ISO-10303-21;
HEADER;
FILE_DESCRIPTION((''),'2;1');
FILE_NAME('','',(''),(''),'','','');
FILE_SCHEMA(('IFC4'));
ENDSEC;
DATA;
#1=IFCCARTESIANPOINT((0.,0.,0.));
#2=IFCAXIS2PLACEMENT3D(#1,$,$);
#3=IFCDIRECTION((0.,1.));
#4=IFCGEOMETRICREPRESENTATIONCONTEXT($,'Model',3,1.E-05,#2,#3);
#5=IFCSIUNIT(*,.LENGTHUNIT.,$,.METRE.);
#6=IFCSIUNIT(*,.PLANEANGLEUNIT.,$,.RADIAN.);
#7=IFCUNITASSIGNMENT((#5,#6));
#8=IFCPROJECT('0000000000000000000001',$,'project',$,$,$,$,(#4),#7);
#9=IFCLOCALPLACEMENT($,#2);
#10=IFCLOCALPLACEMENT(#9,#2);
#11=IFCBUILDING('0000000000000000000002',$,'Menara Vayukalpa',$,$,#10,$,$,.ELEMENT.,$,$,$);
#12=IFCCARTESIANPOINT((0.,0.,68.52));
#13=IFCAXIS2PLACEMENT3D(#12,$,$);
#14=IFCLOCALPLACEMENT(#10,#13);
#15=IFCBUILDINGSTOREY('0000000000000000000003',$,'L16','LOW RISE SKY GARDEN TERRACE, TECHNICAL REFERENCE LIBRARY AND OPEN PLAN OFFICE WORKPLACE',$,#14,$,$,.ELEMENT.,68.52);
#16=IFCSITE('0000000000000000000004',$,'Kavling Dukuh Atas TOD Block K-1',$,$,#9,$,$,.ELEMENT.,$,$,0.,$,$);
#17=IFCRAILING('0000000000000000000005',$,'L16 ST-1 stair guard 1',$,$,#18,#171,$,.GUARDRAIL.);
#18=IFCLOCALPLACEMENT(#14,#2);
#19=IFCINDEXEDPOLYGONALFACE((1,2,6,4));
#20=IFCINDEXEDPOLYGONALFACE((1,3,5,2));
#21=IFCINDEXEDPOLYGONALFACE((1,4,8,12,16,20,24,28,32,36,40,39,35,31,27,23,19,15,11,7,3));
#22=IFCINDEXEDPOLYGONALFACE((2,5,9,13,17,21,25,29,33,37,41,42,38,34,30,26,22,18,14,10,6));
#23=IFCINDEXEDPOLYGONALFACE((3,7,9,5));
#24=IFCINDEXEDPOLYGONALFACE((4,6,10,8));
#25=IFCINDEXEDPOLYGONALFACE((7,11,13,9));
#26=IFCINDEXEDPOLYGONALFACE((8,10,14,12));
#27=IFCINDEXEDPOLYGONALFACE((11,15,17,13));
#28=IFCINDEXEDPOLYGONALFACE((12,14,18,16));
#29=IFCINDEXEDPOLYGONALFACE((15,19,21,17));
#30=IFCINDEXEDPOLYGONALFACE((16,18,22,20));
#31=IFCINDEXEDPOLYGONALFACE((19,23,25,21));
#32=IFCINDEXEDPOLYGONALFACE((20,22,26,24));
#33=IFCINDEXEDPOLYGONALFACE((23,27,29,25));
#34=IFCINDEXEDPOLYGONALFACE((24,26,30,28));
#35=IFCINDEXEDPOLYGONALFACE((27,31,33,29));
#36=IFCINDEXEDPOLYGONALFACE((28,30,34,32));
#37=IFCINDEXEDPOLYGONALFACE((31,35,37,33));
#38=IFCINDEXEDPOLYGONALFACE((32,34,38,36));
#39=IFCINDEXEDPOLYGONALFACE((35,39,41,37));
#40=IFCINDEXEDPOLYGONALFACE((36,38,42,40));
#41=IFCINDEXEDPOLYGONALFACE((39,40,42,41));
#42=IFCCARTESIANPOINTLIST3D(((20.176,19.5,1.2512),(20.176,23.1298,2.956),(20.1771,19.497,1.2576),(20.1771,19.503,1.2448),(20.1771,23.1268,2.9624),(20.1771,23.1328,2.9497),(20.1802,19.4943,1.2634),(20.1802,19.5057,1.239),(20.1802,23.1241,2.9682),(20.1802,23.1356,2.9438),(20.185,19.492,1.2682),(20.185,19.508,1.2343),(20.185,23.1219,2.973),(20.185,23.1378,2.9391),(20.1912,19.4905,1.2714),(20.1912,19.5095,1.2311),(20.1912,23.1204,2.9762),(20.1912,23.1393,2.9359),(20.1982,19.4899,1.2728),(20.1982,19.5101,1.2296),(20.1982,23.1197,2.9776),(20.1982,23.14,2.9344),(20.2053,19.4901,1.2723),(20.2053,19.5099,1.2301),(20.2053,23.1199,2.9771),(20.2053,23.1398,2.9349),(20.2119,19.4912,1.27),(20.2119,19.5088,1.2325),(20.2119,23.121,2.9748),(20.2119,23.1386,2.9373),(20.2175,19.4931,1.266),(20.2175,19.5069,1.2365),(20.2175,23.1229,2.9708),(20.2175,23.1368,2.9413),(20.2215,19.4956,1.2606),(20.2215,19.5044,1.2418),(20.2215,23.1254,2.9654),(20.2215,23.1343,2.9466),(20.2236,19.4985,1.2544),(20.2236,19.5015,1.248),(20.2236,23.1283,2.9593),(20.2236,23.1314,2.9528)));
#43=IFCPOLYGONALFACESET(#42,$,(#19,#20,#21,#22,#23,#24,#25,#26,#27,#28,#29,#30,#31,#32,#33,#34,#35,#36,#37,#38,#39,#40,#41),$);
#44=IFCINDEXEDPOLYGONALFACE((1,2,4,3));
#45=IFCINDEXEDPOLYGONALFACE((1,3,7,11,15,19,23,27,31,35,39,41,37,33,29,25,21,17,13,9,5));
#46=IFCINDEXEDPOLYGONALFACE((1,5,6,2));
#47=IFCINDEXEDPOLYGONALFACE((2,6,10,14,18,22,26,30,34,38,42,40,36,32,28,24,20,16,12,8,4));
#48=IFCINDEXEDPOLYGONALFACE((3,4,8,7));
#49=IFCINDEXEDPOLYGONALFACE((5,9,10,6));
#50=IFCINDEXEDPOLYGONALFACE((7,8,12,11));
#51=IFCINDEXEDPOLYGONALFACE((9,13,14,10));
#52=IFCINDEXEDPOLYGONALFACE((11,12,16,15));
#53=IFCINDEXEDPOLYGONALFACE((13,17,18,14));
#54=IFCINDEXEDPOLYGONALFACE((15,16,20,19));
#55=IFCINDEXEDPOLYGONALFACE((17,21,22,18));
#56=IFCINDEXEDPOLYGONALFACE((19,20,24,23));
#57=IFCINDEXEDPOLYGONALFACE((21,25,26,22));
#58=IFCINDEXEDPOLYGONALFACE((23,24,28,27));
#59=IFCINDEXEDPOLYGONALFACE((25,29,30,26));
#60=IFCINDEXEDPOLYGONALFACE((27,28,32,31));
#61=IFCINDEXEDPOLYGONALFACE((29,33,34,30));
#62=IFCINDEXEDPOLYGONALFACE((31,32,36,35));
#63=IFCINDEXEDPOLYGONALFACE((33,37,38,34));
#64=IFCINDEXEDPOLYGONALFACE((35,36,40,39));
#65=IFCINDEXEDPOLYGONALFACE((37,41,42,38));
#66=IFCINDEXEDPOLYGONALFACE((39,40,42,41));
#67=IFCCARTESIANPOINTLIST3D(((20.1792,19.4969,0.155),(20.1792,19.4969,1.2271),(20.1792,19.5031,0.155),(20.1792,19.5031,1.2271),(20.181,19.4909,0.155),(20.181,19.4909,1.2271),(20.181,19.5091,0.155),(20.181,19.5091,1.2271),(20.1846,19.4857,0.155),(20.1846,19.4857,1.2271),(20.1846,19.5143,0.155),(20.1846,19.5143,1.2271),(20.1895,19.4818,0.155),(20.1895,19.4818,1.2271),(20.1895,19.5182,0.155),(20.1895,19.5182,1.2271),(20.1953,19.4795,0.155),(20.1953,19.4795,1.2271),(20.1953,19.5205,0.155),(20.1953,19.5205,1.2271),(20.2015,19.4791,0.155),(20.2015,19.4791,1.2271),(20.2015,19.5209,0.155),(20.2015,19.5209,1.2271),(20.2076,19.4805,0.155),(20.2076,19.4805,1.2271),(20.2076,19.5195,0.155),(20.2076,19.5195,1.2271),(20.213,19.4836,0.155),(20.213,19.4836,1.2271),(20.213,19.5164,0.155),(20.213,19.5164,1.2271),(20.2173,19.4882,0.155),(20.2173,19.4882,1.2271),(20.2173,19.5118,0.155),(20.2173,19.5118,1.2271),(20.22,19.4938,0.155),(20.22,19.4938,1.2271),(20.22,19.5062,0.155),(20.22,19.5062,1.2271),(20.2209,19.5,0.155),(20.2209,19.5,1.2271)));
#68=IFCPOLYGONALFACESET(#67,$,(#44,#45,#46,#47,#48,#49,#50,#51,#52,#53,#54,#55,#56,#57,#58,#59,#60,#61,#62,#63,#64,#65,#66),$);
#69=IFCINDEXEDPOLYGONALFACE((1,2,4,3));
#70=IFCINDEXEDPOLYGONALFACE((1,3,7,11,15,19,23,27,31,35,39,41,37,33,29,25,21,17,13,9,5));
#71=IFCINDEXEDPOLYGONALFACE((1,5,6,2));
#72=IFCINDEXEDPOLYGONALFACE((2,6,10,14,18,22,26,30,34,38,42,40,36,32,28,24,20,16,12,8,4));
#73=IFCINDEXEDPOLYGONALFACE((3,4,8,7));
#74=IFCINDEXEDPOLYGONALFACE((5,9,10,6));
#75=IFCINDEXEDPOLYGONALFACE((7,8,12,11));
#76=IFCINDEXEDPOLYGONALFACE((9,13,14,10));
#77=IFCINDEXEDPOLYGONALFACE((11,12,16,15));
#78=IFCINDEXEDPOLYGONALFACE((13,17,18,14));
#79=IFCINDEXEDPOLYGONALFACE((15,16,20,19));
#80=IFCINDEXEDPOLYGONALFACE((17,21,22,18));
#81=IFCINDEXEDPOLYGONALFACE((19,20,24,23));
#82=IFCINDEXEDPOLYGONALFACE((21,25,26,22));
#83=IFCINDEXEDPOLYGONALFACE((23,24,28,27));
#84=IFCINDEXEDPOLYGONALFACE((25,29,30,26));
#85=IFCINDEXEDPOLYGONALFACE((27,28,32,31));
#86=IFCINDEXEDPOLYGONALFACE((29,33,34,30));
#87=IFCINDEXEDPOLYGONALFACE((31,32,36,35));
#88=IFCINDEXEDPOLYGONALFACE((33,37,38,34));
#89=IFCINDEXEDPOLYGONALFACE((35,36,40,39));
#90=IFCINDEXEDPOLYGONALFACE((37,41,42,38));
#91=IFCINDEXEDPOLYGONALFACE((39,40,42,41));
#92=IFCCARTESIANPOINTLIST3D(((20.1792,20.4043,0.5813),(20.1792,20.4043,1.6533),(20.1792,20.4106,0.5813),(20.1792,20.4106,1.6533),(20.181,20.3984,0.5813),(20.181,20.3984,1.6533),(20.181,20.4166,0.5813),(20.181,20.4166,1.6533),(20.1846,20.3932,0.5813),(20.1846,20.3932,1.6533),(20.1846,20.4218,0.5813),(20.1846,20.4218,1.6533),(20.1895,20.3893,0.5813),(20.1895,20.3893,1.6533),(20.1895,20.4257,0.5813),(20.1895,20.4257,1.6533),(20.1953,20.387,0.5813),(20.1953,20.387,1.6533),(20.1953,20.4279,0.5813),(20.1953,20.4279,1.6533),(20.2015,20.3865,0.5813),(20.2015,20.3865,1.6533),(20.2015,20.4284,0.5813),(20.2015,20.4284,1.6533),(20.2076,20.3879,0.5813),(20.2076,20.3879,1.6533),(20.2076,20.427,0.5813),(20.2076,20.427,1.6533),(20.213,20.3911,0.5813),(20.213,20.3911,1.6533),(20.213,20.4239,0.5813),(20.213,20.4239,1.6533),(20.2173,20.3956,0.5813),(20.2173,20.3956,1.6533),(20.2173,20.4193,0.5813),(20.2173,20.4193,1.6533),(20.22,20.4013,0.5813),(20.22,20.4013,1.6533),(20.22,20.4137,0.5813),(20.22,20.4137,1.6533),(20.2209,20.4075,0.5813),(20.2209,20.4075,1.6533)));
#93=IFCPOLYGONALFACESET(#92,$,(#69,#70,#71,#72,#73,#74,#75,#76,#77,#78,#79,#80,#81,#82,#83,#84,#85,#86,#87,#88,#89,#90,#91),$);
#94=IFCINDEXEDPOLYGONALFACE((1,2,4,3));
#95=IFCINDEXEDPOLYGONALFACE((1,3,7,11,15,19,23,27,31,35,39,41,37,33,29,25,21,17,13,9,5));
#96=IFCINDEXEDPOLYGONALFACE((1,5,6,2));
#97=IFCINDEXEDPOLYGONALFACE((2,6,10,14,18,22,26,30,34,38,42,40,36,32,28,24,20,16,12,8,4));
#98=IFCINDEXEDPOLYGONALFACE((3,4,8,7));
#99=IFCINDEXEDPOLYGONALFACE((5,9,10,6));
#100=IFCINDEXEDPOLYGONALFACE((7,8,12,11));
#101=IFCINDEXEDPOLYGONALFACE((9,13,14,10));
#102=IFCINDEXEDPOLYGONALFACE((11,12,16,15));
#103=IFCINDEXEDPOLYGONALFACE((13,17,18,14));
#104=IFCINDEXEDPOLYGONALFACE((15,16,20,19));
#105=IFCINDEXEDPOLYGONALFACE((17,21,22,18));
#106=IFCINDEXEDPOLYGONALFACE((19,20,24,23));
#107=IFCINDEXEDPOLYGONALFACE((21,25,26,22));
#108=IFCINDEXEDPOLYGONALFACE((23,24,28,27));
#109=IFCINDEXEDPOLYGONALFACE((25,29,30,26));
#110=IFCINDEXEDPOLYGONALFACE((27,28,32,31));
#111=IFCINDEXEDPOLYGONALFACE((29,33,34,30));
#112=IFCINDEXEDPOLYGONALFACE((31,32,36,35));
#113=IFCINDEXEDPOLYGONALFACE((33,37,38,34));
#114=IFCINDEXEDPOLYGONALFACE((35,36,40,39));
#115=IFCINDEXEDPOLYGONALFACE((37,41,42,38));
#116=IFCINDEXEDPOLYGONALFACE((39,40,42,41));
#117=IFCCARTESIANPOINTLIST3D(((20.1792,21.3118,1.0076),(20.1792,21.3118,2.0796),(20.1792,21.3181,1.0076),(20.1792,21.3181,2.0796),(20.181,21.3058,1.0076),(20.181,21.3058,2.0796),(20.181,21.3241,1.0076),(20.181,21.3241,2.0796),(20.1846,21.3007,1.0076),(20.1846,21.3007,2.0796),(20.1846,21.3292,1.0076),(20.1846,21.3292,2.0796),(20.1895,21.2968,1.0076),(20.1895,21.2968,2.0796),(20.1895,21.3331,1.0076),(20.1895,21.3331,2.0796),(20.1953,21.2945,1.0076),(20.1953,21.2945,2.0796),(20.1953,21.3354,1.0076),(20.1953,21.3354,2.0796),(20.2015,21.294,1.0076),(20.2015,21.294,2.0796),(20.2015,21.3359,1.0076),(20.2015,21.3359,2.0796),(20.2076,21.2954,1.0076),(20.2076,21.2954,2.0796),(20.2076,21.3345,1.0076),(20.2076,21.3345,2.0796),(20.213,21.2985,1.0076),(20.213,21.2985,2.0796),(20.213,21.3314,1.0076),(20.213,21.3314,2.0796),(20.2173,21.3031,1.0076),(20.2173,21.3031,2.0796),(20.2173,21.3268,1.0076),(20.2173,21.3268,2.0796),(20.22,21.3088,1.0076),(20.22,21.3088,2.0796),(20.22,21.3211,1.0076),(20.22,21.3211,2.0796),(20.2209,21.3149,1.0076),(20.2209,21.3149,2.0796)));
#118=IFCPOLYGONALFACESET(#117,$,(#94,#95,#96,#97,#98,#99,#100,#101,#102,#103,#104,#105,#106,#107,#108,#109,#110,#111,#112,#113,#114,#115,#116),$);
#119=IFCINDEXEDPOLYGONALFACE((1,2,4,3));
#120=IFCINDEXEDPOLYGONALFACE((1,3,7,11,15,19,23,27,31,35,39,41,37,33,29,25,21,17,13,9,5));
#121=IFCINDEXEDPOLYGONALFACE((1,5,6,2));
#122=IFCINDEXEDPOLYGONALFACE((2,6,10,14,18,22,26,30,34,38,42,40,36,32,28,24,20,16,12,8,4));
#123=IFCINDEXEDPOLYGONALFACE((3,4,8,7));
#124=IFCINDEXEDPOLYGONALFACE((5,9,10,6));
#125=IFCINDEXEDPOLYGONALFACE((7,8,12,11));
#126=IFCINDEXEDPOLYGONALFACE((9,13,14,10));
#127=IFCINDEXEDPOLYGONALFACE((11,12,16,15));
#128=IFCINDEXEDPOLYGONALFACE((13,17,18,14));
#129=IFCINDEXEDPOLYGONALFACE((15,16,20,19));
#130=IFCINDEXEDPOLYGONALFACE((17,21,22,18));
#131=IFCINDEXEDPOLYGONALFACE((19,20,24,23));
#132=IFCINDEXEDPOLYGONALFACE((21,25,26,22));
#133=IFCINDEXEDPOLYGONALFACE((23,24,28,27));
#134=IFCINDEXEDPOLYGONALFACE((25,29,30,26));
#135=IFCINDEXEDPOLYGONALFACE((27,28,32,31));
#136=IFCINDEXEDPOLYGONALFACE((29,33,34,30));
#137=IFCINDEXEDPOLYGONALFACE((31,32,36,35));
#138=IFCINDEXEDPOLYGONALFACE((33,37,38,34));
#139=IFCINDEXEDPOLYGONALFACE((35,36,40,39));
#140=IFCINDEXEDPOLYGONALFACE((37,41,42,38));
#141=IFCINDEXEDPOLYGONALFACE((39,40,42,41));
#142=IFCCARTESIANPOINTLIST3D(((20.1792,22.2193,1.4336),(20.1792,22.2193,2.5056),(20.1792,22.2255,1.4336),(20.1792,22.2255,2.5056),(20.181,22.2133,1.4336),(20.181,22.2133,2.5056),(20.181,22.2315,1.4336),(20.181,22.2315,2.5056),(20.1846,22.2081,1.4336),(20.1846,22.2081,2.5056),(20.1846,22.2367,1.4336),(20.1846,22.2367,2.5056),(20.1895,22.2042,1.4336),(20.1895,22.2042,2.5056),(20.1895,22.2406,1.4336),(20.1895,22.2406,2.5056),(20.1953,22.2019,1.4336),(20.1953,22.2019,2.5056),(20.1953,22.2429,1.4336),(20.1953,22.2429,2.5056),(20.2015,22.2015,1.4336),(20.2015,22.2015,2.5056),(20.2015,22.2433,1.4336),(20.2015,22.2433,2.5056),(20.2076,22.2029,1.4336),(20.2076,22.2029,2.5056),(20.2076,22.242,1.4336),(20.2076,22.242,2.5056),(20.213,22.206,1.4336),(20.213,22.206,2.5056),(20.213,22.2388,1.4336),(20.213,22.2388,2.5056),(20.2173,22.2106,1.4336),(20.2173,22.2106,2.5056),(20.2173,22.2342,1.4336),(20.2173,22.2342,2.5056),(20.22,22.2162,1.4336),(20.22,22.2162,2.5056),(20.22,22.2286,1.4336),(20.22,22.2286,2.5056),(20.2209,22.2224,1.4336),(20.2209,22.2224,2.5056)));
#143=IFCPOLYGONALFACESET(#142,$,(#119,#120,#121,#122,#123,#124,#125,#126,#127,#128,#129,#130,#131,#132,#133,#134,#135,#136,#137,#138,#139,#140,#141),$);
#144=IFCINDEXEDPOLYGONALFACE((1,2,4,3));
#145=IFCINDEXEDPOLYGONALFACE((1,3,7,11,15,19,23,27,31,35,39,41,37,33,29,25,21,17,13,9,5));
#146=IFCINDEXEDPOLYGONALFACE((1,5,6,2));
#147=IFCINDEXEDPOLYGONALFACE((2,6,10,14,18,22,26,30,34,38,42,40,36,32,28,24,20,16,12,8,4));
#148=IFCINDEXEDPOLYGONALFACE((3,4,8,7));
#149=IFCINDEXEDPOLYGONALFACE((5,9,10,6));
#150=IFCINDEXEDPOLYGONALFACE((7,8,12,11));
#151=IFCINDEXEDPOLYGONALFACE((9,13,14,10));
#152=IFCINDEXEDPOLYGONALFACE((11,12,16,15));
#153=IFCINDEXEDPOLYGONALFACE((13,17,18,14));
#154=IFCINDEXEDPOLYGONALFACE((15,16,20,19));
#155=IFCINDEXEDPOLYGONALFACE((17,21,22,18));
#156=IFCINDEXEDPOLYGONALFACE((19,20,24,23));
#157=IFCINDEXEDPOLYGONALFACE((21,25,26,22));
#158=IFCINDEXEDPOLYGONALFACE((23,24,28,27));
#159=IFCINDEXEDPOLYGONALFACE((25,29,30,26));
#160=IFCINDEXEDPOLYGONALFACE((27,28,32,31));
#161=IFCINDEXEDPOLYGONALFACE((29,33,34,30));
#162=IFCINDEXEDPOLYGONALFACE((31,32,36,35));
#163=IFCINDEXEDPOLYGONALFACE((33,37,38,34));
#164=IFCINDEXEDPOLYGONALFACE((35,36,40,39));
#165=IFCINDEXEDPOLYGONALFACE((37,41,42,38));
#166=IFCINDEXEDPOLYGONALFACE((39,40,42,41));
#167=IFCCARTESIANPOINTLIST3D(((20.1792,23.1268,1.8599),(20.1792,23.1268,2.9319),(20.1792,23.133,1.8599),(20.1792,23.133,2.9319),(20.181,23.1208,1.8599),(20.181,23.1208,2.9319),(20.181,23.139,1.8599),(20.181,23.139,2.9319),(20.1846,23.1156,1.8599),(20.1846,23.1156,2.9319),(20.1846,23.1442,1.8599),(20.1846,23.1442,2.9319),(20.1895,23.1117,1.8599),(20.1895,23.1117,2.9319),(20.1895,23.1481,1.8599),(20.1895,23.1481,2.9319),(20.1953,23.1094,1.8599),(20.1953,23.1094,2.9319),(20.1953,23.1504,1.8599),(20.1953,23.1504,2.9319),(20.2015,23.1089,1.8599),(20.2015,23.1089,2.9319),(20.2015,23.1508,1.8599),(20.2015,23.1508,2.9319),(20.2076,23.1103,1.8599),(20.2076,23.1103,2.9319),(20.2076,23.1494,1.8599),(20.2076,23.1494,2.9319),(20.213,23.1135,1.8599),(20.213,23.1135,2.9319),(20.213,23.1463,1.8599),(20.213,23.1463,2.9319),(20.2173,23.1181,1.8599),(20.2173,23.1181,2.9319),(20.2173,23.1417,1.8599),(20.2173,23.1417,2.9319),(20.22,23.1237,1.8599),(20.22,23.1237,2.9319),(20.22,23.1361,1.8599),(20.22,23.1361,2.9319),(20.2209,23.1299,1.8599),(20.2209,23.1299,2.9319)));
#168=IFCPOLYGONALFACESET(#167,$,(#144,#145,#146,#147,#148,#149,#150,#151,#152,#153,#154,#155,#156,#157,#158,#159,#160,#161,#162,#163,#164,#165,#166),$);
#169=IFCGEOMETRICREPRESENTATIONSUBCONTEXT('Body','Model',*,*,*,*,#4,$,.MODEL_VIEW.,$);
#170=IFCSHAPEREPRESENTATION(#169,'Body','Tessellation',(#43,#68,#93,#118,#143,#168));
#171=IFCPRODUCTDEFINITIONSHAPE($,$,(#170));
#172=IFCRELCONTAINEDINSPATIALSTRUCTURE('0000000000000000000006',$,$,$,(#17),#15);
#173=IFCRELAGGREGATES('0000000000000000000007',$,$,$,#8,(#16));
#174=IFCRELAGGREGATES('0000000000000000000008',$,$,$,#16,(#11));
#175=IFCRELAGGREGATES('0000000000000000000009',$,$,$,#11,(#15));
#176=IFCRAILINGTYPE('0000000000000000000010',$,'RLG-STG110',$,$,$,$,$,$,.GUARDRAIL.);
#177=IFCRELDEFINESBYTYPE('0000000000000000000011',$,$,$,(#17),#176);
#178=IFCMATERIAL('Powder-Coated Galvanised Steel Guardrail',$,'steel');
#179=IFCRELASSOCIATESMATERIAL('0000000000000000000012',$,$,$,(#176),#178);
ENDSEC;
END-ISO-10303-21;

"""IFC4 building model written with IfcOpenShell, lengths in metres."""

from ifc_helpers import new_model, si_unit, direction, frame, origin, origin_2d, place, context, subcontext, project, spatial, circle, extrude, material, type_object, element, save


model = new_model("IFC4")

# Units and contexts
model_context = context("Model", 3, precision=1e-05, world=origin(), true_north=direction((0.0, 1.0)))
body_context = subcontext(model_context, "Body", "Model", "MODEL_VIEW")
ifc_project = project(units=[si_unit("LENGTHUNIT", "METRE"), si_unit("PLANEANGLEUNIT", "RADIAN")], contexts=[model_context])

# Site, building, storey
site_placement = place(None, origin())
site = spatial("IfcSite", under=ifc_project, at=site_placement, Name="Kavling Dukuh Atas TOD Block K-1", CompositionType="ELEMENT", RefElevation=0.0)
building_placement = place(site_placement, origin())
building = spatial("IfcBuilding", under=site, at=building_placement, Name="Menara Vayukalpa", CompositionType="ELEMENT")
storey_placement = place(building_placement, frame((0.0, 0.0, 68.52)))
storey = spatial("IfcBuildingStorey", under=building, at=storey_placement, Name="L16", Description="LOW RISE SKY GARDEN TERRACE, TECHNICAL REFERENCE LIBRARY AND OPEN PLAN OFFICE WORKPLACE", CompositionType="ELEMENT", Elevation=68.52)

# Railing
ifc_material_1 = material(Name="Powder-Coated Galvanised Steel Guardrail", Category="steel")
railing_type = type_object("IfcRailingType", Name="RLG-STG110", PredefinedType="GUARDRAIL", material=ifc_material_1)
railing_1_placement = place(storey_placement, frame((20.2, 19.5, 0.155)))
element("IfcRailing", 1, at=railing_1_placement, inside=storey, type_object=railing_type, Name="L16 ST-1 stair guard 1", PredefinedType="GUARDRAIL", context=body_context, shape_type="SweptSolid", body=[
    extrude(circle(Radius=0.0239, at=origin_2d()), frame((0.0, 0.0, 1.0962), z_axis=(0.0, 0.90514, 0.425114), x_axis=(-1.0, 0.0, 0.0)), (0.0, 0.0, 1.0), 4.0103),
    extrude(circle(Radius=0.021, at=origin_2d()), origin(), (0.0, 0.0, 1.0), 1.072),
    extrude(circle(Radius=0.021, at=origin_2d()), frame((0.0, 0.9075, 0.4263)), (0.0, 0.0, 1.0), 1.072),
    extrude(circle(Radius=0.021, at=origin_2d()), frame((0.0, 1.8149, 0.8525)), (0.0, 0.0, 1.0), 1.072),
    extrude(circle(Radius=0.021, at=origin_2d()), frame((0.0, 2.7224, 1.2786)), (0.0, 0.0, 1.0), 1.072),
    extrude(circle(Radius=0.021, at=origin_2d()), frame((0.0, 3.6299, 1.7048)), (0.0, 0.0, 1.0), 1.072),
])

save(model, "model.ifc")
